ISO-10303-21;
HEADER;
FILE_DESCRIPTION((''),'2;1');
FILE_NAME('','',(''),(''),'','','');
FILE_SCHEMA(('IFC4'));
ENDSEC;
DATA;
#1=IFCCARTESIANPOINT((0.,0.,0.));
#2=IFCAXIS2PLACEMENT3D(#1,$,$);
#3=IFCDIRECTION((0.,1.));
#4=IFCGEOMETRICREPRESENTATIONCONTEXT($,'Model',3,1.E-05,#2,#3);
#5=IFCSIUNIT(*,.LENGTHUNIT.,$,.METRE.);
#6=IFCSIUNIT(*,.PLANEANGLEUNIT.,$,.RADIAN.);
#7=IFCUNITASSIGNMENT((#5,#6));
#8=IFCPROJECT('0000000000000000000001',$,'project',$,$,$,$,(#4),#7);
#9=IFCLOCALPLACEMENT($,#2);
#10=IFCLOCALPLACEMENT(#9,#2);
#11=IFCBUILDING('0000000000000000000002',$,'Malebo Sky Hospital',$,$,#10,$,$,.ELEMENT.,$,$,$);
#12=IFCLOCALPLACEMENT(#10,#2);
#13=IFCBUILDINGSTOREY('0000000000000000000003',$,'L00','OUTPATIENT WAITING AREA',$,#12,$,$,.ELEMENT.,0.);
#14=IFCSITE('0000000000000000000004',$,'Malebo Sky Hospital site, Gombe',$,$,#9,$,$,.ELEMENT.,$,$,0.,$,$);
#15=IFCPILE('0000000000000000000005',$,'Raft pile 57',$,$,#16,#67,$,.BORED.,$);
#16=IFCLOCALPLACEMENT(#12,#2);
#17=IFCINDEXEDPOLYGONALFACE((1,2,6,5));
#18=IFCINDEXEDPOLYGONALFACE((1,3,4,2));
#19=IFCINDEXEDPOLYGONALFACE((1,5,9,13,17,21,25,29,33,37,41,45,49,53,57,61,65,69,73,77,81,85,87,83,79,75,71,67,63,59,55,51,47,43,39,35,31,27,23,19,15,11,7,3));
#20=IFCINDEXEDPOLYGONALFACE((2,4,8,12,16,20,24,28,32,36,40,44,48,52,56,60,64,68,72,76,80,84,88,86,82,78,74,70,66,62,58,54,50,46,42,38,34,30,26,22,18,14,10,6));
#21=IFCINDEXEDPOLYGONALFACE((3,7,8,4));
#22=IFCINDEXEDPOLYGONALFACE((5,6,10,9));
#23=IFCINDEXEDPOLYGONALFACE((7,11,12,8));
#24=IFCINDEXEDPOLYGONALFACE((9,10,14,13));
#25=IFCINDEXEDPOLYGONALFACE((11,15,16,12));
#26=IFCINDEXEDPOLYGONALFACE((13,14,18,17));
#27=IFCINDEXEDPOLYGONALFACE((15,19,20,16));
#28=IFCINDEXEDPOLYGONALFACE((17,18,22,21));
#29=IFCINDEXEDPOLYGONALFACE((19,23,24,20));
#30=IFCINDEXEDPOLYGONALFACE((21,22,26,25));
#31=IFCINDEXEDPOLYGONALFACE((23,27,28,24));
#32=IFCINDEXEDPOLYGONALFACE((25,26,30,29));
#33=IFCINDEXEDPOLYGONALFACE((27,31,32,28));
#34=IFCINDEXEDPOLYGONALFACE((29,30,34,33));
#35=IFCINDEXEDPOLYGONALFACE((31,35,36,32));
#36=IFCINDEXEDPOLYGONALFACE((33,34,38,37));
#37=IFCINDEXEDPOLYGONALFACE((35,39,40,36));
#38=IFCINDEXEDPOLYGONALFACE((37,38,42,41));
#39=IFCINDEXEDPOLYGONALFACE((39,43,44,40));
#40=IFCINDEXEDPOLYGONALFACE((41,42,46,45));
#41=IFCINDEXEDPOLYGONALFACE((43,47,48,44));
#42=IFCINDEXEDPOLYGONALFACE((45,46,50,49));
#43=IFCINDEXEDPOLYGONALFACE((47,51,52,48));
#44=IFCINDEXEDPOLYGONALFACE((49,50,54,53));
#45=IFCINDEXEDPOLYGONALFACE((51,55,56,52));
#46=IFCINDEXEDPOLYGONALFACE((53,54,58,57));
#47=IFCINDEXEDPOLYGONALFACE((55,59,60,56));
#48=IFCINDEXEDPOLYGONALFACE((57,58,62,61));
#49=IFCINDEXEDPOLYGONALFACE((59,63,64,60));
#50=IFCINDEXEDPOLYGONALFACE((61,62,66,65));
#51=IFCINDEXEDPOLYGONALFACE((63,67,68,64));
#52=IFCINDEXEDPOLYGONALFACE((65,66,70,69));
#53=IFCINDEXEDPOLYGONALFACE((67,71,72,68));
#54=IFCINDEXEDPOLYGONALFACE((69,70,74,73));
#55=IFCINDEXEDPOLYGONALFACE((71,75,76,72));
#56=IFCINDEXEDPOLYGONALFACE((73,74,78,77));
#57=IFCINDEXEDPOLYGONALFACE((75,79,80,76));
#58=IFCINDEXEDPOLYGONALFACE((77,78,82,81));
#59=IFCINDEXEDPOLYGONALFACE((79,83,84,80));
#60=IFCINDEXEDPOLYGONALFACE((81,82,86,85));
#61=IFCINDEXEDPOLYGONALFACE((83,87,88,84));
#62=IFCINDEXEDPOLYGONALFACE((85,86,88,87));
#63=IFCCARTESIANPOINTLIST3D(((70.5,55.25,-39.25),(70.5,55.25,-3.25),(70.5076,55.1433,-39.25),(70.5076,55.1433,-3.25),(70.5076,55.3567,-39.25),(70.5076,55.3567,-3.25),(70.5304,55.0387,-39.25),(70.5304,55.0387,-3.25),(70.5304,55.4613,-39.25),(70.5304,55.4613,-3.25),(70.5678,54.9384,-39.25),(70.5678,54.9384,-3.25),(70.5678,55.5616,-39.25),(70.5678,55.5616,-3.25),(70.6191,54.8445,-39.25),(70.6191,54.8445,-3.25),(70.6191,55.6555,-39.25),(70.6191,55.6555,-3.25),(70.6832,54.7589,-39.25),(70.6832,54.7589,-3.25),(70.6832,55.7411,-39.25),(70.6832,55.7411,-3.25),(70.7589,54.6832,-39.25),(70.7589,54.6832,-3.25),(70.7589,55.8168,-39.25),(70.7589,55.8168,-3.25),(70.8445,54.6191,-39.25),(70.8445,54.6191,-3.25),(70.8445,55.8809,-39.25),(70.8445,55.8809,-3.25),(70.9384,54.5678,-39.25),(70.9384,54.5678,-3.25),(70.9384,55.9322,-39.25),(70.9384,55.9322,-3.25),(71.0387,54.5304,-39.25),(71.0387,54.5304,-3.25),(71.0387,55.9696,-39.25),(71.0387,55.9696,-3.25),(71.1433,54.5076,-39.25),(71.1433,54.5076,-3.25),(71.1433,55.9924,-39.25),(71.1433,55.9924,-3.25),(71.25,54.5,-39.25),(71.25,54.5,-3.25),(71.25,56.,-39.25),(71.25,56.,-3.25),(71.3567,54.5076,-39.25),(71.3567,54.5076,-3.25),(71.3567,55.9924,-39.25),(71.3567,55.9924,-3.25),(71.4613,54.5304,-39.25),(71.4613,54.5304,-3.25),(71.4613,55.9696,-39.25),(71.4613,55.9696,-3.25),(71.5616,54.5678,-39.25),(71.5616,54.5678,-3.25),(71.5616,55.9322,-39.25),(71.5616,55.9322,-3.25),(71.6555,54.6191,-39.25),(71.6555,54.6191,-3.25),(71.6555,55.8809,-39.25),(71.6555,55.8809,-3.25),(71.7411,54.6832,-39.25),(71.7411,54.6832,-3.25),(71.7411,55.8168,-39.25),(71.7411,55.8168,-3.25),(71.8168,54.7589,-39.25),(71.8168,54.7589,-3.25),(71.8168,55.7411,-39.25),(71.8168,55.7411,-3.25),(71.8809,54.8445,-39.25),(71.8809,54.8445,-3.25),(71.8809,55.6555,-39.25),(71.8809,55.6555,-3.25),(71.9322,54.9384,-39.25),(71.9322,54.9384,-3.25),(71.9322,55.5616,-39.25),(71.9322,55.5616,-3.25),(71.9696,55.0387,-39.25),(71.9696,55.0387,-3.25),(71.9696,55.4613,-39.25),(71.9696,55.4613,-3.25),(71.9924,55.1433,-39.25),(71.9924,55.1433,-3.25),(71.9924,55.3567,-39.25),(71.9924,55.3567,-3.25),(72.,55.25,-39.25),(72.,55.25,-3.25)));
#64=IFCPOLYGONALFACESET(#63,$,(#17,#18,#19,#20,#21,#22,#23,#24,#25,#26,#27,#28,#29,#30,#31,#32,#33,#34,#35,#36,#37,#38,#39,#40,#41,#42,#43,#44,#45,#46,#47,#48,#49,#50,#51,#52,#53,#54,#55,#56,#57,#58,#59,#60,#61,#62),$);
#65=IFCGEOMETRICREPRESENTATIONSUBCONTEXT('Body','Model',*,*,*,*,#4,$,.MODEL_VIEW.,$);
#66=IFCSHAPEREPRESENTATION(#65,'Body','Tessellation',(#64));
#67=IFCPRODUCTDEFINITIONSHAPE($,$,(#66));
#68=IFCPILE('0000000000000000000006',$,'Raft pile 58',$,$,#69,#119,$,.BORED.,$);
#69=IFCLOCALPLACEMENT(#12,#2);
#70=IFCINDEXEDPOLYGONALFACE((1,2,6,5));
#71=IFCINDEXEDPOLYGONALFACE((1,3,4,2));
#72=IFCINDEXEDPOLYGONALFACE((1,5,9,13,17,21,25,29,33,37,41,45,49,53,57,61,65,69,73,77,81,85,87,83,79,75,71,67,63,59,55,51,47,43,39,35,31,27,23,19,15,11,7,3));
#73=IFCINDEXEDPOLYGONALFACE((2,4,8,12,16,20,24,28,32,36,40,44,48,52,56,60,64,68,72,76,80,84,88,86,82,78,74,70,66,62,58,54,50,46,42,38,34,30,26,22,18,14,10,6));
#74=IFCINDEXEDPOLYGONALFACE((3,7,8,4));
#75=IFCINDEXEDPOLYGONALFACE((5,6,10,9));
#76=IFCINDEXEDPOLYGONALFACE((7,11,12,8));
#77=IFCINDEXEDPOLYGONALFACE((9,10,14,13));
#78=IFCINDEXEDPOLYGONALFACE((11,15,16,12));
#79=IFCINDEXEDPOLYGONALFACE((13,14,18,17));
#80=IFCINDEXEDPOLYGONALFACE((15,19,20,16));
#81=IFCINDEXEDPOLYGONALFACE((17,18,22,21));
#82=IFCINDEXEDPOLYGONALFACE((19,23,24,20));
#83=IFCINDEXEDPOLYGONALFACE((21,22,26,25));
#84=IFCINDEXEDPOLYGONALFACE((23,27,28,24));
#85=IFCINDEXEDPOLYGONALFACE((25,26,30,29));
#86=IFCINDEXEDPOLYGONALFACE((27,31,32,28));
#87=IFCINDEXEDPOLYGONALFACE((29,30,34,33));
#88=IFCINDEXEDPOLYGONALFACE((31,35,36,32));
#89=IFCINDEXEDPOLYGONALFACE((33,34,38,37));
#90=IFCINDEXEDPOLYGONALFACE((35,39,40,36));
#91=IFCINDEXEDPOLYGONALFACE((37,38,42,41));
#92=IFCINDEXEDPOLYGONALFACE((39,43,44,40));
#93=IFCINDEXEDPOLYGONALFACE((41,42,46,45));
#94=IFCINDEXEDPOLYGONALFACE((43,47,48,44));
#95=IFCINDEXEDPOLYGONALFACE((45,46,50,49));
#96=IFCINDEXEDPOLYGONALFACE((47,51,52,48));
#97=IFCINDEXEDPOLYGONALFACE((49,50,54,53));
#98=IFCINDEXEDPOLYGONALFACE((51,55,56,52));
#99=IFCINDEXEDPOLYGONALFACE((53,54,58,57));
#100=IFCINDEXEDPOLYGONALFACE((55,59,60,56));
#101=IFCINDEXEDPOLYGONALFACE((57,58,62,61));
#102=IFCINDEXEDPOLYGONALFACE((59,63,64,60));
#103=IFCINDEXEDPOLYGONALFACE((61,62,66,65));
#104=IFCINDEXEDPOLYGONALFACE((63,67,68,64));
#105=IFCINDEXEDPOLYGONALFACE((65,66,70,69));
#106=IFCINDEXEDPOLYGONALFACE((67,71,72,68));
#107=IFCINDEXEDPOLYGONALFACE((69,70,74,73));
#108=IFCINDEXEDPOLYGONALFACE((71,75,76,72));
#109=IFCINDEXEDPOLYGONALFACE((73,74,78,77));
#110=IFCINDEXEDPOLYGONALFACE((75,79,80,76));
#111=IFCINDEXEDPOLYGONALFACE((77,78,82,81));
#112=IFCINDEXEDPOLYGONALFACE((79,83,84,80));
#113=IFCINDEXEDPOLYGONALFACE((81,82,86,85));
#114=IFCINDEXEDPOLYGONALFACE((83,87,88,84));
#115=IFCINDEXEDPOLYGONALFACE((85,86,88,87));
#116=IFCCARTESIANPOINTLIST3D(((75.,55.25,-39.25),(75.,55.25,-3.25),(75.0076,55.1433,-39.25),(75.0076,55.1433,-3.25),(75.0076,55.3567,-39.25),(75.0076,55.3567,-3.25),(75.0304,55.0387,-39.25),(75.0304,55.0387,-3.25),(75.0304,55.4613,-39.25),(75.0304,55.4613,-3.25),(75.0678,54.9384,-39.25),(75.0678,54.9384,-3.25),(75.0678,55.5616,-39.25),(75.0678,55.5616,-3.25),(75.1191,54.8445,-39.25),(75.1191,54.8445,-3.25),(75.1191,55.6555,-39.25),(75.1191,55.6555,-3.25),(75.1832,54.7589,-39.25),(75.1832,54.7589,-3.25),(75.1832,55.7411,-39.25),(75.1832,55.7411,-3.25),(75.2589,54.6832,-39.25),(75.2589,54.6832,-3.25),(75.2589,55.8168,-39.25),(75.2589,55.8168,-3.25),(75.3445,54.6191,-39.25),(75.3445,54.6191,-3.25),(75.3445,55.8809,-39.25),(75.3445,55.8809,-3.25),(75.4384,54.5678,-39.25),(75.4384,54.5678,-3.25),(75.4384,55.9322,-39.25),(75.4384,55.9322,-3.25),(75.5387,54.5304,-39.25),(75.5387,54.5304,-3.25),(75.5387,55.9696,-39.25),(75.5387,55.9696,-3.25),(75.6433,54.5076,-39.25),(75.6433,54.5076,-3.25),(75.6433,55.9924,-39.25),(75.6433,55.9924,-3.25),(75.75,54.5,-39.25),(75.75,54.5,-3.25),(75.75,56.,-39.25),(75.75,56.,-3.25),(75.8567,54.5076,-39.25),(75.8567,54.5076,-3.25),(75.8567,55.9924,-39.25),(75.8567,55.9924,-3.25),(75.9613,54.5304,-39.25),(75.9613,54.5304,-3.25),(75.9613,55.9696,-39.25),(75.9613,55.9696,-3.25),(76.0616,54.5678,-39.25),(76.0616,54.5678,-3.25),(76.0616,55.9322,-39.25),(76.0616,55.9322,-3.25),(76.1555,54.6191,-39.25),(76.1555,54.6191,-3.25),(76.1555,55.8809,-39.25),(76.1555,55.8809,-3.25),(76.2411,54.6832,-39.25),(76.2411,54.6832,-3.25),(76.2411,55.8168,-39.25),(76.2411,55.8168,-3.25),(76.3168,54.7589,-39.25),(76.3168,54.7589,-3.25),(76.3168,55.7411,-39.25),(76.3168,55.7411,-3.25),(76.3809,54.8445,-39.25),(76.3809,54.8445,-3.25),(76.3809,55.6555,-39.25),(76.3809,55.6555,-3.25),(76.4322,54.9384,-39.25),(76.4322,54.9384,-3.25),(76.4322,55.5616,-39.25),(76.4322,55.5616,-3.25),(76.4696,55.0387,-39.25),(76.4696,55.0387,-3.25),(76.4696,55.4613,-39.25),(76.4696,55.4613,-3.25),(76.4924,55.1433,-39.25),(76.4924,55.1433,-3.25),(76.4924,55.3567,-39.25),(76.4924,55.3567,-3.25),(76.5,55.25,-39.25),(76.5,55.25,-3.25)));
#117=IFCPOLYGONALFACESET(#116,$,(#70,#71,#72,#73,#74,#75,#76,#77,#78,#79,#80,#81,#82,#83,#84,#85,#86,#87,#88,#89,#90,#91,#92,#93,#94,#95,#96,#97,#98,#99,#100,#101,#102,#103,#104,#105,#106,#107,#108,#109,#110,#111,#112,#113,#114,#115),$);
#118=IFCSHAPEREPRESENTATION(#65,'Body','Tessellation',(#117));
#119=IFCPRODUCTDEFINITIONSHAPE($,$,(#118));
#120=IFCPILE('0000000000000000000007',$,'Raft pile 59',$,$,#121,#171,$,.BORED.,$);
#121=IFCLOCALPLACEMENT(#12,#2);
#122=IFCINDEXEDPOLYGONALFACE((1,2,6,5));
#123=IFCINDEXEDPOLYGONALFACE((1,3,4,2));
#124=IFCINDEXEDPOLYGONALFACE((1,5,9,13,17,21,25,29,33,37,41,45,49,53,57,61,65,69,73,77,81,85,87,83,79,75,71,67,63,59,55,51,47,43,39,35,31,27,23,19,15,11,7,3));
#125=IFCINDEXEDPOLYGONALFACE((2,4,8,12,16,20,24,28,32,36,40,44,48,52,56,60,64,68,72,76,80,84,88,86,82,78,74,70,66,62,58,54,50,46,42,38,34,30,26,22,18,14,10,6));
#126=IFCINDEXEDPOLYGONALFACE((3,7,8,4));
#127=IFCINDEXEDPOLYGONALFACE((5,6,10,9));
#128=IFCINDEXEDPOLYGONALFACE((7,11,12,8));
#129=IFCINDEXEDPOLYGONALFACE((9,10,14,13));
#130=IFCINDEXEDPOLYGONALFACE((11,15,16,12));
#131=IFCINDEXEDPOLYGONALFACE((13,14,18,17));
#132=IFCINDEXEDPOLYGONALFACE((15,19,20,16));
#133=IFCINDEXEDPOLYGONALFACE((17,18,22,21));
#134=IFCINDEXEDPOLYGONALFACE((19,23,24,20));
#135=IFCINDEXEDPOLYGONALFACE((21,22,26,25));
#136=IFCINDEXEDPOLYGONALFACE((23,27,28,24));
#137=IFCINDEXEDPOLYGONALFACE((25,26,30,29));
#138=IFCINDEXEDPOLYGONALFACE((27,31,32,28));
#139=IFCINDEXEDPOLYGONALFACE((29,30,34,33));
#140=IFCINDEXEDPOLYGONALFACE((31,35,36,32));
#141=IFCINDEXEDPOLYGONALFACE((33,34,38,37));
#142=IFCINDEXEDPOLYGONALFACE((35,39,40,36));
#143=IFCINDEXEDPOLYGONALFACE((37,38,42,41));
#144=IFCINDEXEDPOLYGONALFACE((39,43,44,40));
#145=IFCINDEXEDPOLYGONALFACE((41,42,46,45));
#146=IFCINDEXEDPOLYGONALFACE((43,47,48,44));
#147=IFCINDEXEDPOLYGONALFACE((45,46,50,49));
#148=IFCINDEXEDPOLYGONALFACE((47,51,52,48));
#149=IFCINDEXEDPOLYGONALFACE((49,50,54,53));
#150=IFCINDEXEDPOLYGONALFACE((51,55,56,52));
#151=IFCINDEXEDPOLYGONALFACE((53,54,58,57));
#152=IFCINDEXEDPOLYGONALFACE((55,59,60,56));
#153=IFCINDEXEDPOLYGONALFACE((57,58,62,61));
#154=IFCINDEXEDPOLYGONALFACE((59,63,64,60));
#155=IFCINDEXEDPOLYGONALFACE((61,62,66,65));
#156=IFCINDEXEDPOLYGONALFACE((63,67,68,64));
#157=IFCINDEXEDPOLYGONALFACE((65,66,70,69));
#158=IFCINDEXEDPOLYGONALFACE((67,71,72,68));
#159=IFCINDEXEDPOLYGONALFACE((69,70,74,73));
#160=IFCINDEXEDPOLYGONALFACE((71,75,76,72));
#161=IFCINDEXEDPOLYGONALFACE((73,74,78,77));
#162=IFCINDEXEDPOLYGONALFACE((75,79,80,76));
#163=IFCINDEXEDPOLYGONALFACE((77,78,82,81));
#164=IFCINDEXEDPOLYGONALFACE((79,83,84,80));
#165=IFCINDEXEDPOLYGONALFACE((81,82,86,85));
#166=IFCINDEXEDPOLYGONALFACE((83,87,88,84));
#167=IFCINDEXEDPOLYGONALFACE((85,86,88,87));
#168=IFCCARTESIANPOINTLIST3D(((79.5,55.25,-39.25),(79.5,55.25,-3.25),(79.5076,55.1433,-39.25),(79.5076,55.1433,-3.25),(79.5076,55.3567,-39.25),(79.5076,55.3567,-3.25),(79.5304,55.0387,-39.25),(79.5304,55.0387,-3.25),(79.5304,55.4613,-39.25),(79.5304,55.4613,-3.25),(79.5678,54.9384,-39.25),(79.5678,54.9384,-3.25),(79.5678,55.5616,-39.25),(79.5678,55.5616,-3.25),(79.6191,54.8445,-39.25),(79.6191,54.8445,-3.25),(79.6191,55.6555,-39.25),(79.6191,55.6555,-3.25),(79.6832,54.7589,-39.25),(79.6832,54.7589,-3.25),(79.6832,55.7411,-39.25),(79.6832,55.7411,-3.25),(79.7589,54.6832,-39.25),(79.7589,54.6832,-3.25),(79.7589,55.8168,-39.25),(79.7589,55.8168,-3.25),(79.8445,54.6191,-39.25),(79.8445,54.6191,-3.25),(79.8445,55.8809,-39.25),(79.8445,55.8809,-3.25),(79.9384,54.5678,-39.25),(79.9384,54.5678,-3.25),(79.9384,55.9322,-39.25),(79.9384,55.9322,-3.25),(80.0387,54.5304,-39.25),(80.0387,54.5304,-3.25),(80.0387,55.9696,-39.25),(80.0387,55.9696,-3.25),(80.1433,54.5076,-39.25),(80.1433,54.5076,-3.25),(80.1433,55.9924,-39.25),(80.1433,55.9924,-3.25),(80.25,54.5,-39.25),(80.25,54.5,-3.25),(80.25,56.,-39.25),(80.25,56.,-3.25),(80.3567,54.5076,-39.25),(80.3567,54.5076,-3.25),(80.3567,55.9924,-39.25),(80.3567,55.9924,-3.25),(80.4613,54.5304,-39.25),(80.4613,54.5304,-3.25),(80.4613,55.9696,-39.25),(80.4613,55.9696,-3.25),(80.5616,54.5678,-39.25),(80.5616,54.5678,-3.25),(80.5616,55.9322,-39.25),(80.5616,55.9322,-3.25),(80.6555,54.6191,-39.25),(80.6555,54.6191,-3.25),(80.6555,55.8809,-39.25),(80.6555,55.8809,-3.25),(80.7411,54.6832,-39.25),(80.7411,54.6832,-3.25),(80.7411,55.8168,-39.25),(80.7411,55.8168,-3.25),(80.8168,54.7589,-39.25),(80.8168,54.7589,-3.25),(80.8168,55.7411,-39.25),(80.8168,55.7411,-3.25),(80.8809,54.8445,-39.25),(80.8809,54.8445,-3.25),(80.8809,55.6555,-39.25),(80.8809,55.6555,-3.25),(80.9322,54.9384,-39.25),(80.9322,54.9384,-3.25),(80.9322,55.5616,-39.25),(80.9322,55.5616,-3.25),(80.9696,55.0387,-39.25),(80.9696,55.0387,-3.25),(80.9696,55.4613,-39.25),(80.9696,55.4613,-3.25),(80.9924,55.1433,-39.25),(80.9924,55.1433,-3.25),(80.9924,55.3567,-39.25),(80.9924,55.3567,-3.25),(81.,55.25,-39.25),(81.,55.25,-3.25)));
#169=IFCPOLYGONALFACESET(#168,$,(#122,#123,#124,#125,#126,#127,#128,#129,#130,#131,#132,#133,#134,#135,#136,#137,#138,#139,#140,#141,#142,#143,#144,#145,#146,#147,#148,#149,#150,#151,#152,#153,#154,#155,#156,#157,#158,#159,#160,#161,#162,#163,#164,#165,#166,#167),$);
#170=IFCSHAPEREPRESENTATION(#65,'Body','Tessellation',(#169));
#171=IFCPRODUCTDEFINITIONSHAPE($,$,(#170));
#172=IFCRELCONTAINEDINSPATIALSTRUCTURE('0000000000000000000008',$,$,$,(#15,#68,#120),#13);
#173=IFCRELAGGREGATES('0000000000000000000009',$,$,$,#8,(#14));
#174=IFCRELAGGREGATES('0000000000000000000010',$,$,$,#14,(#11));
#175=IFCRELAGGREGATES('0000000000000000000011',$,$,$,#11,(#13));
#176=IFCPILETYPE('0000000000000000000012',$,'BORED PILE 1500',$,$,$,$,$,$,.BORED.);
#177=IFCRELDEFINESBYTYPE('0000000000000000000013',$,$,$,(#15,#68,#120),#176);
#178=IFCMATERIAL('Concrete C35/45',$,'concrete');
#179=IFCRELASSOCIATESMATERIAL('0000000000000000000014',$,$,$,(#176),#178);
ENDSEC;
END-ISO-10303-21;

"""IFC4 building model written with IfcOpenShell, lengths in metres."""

from ifc_helpers import new_model, si_unit, direction, frame, origin, origin_2d, place, context, subcontext, project, spatial, circle, extrude, material, material_profile, profile_set, type_object, element, save


model = new_model("IFC4")

# Units and contexts
model_context = context("Model", 3, precision=1e-05, world=origin(), true_north=direction((0.0, 1.0)))
body_context = subcontext(model_context, "Body", "Model", "MODEL_VIEW")
ifc_project = project(units=[si_unit("LENGTHUNIT", "METRE"), si_unit("PLANEANGLEUNIT", "RADIAN")], contexts=[model_context])

# Site, building, storey
site_placement = place(None, origin())
site = spatial("IfcSite", under=ifc_project, at=site_placement, Name="Malebo Sky Hospital site, Gombe", CompositionType="ELEMENT", RefElevation=0.0)
building_placement = place(site_placement, origin())
building = spatial("IfcBuilding", under=site, at=building_placement, Name="Malebo Sky Hospital", CompositionType="ELEMENT")
storey_placement = place(building_placement, origin())
storey = spatial("IfcBuildingStorey", under=building, at=storey_placement, Name="L00", Description="OUTPATIENT WAITING AREA", CompositionType="ELEMENT", Elevation=0.0)

# Piles
ifc_material_1 = material(Name="Concrete C35/45", Category="concrete")
ifc_material_profile_1 = material_profile(ifc_material_1, circle(Radius=0.75, at=origin_2d()), Name="BP 1500")
ifc_profile_set_1 = profile_set([ifc_material_profile_1], Name="Concrete C35/45")
pile_type = type_object("IfcPileType", Name="BORED PILE 1500", PredefinedType="BORED", material=ifc_profile_set_1)
for number, where, z_axis, x_axis, name in (
    (1, (71.25, 55.25, -3.25), (0.0, 0.0, -1.0), (1.0, 0.0, 0.0), "Raft pile 57"),
    (2, (75.75, 55.25, -3.25), (0.0, 0.0, -1.0), (1.0, 0.0, 0.0), "Raft pile 58"),
    (3, (80.25, 55.25, -3.25), (0.0, 0.0, -1.0), (1.0, 0.0, 0.0), "Raft pile 59"),
):
    element("IfcPile", number, at=place(storey_placement, frame(where, z_axis=z_axis, x_axis=x_axis)), inside=storey, type_object=pile_type, Name=name, PredefinedType="BORED", context=body_context, shape_type="SweptSolid", body=[
        extrude(circle(Radius=0.75, at=origin_2d()), origin(), (0.0, 0.0, 1.0), 36.0),
    ])

save(model, "model.ifc")
